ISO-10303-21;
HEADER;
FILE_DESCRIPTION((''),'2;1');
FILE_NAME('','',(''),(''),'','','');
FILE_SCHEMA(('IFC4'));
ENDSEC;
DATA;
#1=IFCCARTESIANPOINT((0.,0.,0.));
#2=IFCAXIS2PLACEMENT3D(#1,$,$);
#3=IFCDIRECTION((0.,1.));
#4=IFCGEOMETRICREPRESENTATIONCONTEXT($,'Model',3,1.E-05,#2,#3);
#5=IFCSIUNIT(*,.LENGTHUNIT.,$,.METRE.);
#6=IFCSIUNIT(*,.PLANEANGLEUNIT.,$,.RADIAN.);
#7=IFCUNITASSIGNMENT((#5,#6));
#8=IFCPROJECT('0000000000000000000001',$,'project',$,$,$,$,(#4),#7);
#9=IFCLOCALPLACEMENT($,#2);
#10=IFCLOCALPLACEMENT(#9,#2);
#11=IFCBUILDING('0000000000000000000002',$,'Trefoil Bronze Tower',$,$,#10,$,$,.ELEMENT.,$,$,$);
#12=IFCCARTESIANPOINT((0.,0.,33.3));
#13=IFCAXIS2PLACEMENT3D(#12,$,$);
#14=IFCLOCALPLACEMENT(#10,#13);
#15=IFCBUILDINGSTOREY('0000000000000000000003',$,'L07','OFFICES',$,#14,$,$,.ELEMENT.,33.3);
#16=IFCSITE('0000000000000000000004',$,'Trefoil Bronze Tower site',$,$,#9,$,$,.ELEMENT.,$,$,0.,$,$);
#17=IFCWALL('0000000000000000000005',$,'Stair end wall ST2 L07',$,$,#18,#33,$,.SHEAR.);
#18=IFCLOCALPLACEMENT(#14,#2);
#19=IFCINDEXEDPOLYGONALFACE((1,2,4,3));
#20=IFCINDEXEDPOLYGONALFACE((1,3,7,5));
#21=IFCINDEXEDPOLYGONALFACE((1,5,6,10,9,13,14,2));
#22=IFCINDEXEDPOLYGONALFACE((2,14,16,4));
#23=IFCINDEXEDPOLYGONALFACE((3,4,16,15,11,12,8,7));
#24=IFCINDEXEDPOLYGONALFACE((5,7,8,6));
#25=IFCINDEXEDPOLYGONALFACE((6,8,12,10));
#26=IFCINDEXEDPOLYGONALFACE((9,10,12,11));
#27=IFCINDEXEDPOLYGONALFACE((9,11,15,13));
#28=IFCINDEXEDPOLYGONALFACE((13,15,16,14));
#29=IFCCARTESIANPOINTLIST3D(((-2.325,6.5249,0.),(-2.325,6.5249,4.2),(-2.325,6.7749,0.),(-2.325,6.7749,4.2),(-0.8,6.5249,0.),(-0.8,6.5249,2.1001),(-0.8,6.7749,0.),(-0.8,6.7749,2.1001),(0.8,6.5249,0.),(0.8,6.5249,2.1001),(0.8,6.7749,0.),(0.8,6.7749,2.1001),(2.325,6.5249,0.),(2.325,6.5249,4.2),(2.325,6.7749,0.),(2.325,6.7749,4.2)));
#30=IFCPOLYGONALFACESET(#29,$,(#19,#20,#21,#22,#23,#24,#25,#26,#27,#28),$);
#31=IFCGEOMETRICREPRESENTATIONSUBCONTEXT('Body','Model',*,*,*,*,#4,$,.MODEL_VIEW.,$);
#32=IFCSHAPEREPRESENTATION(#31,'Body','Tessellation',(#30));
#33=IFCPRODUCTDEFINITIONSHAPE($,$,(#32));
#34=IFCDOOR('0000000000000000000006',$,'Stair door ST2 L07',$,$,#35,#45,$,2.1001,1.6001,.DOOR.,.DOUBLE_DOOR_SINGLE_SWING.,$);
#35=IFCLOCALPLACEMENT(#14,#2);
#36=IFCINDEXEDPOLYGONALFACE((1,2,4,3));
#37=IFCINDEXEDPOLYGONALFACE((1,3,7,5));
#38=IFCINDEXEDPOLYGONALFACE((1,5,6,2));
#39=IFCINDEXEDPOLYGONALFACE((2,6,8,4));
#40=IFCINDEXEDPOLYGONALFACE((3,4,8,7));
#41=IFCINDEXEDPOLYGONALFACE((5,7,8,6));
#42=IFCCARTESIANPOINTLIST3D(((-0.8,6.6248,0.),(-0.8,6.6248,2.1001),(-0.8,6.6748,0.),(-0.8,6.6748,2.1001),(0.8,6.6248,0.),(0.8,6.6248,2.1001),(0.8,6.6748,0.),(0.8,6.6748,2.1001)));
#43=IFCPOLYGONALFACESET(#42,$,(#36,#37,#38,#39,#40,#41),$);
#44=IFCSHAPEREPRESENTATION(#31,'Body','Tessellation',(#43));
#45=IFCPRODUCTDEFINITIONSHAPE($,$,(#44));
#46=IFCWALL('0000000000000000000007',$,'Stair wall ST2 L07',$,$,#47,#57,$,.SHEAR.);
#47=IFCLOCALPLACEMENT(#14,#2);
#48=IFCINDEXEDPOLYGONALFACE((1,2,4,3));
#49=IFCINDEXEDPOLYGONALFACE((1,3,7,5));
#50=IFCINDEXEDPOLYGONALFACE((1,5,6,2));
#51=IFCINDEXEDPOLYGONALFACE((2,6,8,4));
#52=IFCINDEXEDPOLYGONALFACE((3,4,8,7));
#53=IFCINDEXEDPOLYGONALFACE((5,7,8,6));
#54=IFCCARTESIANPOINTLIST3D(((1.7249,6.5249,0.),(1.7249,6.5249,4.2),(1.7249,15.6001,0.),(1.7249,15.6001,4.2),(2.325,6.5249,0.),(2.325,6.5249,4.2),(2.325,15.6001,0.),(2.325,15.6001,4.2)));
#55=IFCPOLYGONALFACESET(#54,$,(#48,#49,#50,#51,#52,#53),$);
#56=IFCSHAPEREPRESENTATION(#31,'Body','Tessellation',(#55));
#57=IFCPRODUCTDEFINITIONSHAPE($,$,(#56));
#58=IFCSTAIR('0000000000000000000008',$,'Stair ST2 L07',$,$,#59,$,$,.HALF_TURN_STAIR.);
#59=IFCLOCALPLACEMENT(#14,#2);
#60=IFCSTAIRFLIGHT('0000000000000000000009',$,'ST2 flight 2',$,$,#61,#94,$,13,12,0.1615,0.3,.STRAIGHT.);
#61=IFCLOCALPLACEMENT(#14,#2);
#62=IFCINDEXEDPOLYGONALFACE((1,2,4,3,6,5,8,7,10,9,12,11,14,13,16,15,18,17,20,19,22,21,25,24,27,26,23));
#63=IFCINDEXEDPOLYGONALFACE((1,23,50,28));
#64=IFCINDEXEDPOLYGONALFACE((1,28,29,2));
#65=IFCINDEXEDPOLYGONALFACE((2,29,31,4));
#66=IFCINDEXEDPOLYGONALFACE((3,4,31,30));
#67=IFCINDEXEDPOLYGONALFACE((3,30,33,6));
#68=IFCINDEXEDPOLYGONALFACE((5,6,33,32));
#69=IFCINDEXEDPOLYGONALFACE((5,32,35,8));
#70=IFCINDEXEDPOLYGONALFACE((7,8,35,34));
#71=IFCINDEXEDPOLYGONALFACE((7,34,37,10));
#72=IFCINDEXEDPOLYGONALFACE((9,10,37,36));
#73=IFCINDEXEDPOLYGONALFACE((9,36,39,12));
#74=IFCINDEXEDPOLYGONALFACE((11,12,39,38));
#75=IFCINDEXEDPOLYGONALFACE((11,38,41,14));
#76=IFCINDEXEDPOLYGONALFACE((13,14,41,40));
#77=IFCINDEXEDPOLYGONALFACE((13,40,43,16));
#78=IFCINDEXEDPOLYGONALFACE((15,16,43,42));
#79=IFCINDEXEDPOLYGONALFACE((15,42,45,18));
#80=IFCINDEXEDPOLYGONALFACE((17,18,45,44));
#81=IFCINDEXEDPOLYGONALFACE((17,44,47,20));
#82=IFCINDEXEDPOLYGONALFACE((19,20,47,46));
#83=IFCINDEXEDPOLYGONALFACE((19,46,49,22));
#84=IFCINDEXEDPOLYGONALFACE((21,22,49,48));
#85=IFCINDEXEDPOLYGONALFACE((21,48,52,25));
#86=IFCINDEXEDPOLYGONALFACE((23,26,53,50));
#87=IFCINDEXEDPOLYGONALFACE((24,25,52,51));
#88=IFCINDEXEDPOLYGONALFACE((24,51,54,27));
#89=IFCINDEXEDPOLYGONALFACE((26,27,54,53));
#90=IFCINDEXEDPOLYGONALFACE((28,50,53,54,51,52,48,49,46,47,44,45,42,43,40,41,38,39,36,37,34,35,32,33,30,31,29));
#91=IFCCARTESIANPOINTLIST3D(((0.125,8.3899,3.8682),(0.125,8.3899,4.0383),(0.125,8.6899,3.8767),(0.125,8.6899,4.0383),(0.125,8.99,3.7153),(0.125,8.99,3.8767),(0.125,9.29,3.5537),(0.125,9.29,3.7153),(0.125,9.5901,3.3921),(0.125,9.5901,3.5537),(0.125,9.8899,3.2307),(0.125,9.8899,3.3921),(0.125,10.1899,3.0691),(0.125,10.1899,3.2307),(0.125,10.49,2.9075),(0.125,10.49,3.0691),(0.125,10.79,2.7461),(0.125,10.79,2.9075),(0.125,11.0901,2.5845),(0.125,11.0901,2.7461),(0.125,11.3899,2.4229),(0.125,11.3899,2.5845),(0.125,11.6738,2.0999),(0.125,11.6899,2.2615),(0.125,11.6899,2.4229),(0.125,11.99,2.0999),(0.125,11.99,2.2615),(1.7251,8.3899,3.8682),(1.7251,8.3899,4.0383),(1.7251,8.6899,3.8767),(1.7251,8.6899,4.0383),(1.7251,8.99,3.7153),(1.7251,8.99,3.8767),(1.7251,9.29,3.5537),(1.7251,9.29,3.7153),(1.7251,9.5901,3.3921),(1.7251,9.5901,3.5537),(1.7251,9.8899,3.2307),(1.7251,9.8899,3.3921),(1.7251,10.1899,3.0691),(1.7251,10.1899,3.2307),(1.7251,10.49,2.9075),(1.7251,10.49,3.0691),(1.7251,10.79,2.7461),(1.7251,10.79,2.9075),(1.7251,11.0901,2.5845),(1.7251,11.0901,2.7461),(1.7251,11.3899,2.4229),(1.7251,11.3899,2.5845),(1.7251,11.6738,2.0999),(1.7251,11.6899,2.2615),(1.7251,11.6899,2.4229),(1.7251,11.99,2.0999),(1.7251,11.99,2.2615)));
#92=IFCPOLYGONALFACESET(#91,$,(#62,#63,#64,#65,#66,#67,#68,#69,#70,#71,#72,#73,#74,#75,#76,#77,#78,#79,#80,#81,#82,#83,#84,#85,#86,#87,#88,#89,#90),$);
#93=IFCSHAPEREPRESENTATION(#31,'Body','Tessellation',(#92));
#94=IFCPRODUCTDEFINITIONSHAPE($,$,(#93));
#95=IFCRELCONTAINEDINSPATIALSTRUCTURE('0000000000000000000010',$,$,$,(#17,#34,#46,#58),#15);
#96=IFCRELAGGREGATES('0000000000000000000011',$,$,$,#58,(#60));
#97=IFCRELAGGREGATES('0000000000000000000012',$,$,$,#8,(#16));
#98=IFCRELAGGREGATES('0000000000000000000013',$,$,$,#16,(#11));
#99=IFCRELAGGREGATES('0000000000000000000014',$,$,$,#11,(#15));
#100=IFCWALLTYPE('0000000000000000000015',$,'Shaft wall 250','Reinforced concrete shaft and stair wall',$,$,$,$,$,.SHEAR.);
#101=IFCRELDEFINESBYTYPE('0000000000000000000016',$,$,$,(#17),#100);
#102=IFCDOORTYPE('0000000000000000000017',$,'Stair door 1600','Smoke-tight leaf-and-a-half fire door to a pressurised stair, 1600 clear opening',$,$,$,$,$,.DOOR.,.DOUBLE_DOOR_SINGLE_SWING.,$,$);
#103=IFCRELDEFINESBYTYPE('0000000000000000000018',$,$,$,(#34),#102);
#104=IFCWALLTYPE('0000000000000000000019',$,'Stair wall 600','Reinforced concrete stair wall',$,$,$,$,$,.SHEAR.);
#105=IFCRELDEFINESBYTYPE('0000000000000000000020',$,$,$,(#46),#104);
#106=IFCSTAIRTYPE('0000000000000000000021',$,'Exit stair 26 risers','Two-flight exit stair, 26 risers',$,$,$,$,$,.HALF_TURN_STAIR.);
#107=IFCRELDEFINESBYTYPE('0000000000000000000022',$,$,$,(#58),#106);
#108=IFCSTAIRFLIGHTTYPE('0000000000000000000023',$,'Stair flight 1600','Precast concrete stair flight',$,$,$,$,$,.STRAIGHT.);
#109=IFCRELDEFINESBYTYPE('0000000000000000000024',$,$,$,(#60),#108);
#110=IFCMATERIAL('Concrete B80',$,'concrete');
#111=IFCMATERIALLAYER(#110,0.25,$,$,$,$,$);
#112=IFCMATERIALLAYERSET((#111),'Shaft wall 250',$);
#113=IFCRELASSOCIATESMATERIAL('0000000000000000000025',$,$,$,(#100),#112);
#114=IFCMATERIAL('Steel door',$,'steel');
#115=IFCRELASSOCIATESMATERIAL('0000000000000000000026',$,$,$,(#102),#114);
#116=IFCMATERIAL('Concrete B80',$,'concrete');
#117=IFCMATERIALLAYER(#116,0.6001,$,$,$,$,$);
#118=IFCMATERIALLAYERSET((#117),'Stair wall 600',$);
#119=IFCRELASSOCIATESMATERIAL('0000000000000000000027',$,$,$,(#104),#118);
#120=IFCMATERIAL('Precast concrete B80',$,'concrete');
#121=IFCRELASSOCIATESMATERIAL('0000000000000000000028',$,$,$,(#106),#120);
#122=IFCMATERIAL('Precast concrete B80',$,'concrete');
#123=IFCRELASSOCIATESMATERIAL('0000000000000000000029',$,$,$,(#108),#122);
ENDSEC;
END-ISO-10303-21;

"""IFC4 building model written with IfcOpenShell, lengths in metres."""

from ifc_helpers import new_model, si_unit, direction, frame, frame_2d, origin, place, context, subcontext, project, spatial, polyline, rectangle, outline, extrude, material, layer, layer_set, type_object, element, fill, aggregate, save


model = new_model("IFC4")

# Units and contexts
model_context = context("Model", 3, precision=1e-05, world=origin(), true_north=direction((0.0, 1.0)))
body_context = subcontext(model_context, "Body", "Model", "MODEL_VIEW")
ifc_project = project(units=[si_unit("LENGTHUNIT", "METRE"), si_unit("PLANEANGLEUNIT", "RADIAN")], contexts=[model_context])

# Site, building, storey
site_placement = place(None, origin())
site = spatial("IfcSite", under=ifc_project, at=site_placement, Name="Trefoil Bronze Tower site", CompositionType="ELEMENT", RefElevation=0.0)
building_placement = place(site_placement, origin())
building = spatial("IfcBuilding", under=site, at=building_placement, Name="Trefoil Bronze Tower", CompositionType="ELEMENT")
storey_placement = place(building_placement, frame((0.0, 0.0, 33.3)))
storey = spatial("IfcBuildingStorey", under=building, at=storey_placement, Name="L07", Description="OFFICES", CompositionType="ELEMENT", Elevation=33.3)

# Shared definitions
ifc_material_1 = material(Name="Concrete B80", Category="concrete")
ifc_layer_1 = layer(ifc_material_1, 0.25)
ifc_layer_set_1 = layer_set([ifc_layer_1], Name="Shaft wall 250")
wall_type_1 = type_object("IfcWallType", Name="Shaft wall 250", Description="Reinforced concrete shaft and stair wall", PredefinedType="SHEAR", material=ifc_layer_set_1)

# Wall, opening, door
wall_1_placement = place(storey_placement, frame((2.325, 6.6499, 0.0), z_axis=(0.0, 0.0, 1.0), x_axis=(-1.0, 0.0, 0.0)))
wall_1 = element("IfcWall", 1, at=wall_1_placement, inside=storey, type_object=wall_type_1, Name="Stair end wall ST2 L07", PredefinedType="SHEAR", context=body_context, shape_type="SweptSolid", body=[
    extrude(rectangle(XDim=4.6499, YDim=0.25, at=frame_2d((2.325, 0.0))), origin(), (0.0, 0.0, 1.0), 4.2),
])
opening_1_placement = place(wall_1_placement, frame((1.5249, 0.0, 0.0)))
opening_1 = element("IfcOpeningElement", 2, at=opening_1_placement, cuts=wall_1, PredefinedType="OPENING", context=body_context, shape_type="SweptSolid", body=[
    extrude(rectangle(XDim=1.6001, YDim=2.1001, at=frame_2d((0.8, 1.05))), frame((0.0, 0.135, 0.0), z_axis=(0.0, -1.0, 0.0), x_axis=(1.0, 0.0, 0.0)), (0.0, 0.0, 1.0), 0.27),
])
ifc_material_2 = material(Name="Steel door", Category="steel")
door_type_1 = type_object("IfcDoorType", Name="Stair door 1600", Description="Smoke-tight leaf-and-a-half fire door to a pressurised stair, 1600 clear opening", OperationType="DOUBLE_DOOR_SINGLE_SWING", PredefinedType="DOOR", material=ifc_material_2)
door_1_placement = place(opening_1_placement, frame((1.6001, 0.0, 0.0), z_axis=(0.0, 0.0, 1.0), x_axis=(-1.0, 0.0, 0.0)))
door_1 = element("IfcDoor", 3, at=door_1_placement, inside=storey, type_object=door_type_1, Name="Stair door ST2 L07", OperationType="DOUBLE_DOOR_SINGLE_SWING", OverallHeight=2.1001, OverallWidth=1.6001, PredefinedType="DOOR", context=body_context, shape_type="SweptSolid", body=[
    extrude(rectangle(XDim=1.6001, YDim=2.1001, at=frame_2d((0.8, 1.05))), frame((0.0, 0.0249, 0.0), z_axis=(0.0, -1.0, 0.0), x_axis=(1.0, 0.0, 0.0)), (0.0, 0.0, 1.0), 0.05),
])
fill(opening_1, door_1)

# Wall
ifc_material_3 = material(Name="Concrete B80", Category="concrete")
ifc_layer_2 = layer(ifc_material_3, 0.6001)
ifc_layer_set_2 = layer_set([ifc_layer_2], Name="Stair wall 600")
wall_type_2 = type_object("IfcWallType", Name="Stair wall 600", Description="Reinforced concrete stair wall", PredefinedType="SHEAR", material=ifc_layer_set_2)
wall_2_placement = place(storey_placement, frame((2.0249, 6.5249, 0.0), z_axis=(0.0, 0.0, 1.0), x_axis=(0.0, 1.0, 0.0)))
element("IfcWall", 4, at=wall_2_placement, inside=storey, type_object=wall_type_2, Name="Stair wall ST2 L07", PredefinedType="SHEAR", context=body_context, shape_type="SweptSolid", body=[
    extrude(rectangle(XDim=9.0752, YDim=0.6001, at=frame_2d((4.5376, 0.0))), origin(), (0.0, 0.0, 1.0), 4.2),
])

# Stair, stair flight
ifc_material_4 = material(Name="Precast concrete B80", Category="concrete")
stair_type = type_object("IfcStairType", Name="Exit stair 26 risers", Description="Two-flight exit stair, 26 risers", PredefinedType="HALF_TURN_STAIR", material=ifc_material_4)
stair_placement = place(storey_placement, origin())
stair = element("IfcStair", 5, at=stair_placement, inside=storey, type_object=stair_type, Name="Stair ST2 L07", PredefinedType="HALF_TURN_STAIR")
ifc_material_5 = material(Name="Precast concrete B80", Category="concrete")
stair_flight_type = type_object("IfcStairFlightType", Name="Stair flight 1600", Description="Precast concrete stair flight", PredefinedType="STRAIGHT", material=ifc_material_5)
stair_flight_placement = place(storey_placement, frame((0.925, 11.99, 2.0999), z_axis=(0.0, 0.0, 1.0), x_axis=(0.0, -1.0, 0.0)))
stair_flight = element("IfcStairFlight", 6, at=stair_flight_placement, type_object=stair_flight_type, Name="ST2 flight 2", NumberOfRisers=13, NumberOfTreads=12, PredefinedType="STRAIGHT", RiserHeight=0.1615, TreadLength=0.3, context=body_context, shape_type="SweptSolid", body=[
    extrude(outline(polyline([(0.0, 0.0), (0.0, 0.1616), (0.3, 0.1616), (0.3, 0.323), (0.6001, 0.323), (0.6001, 0.4846), (0.8999, 0.4846), (0.8999, 0.6462), (1.2, 0.6462), (1.2, 0.8076), (1.5, 0.8076), (1.5, 0.9692), (1.8, 0.9692), (1.8, 1.1309), (2.1001, 1.1309), (2.1001, 1.2922), (2.3999, 1.2922), (2.3999, 1.4539), (2.7, 1.4539), (2.7, 1.6155), (3.0, 1.6155), (3.0, 1.7769), (3.3, 1.7769), (3.3, 1.9385), (3.6001, 1.9385), (3.6001, 2.1001), (3.6001, 1.7683), (0.3162, 0.0), (0.0, 0.0)])), frame((0.0, 0.8, 0.0), z_axis=(0.0, -1.0, 0.0), x_axis=(1.0, 0.0, 0.0)), (0.0, 0.0, 1.0), 1.6001),
])
aggregate(stair, [stair_flight])

save(model, "model.ifc")
